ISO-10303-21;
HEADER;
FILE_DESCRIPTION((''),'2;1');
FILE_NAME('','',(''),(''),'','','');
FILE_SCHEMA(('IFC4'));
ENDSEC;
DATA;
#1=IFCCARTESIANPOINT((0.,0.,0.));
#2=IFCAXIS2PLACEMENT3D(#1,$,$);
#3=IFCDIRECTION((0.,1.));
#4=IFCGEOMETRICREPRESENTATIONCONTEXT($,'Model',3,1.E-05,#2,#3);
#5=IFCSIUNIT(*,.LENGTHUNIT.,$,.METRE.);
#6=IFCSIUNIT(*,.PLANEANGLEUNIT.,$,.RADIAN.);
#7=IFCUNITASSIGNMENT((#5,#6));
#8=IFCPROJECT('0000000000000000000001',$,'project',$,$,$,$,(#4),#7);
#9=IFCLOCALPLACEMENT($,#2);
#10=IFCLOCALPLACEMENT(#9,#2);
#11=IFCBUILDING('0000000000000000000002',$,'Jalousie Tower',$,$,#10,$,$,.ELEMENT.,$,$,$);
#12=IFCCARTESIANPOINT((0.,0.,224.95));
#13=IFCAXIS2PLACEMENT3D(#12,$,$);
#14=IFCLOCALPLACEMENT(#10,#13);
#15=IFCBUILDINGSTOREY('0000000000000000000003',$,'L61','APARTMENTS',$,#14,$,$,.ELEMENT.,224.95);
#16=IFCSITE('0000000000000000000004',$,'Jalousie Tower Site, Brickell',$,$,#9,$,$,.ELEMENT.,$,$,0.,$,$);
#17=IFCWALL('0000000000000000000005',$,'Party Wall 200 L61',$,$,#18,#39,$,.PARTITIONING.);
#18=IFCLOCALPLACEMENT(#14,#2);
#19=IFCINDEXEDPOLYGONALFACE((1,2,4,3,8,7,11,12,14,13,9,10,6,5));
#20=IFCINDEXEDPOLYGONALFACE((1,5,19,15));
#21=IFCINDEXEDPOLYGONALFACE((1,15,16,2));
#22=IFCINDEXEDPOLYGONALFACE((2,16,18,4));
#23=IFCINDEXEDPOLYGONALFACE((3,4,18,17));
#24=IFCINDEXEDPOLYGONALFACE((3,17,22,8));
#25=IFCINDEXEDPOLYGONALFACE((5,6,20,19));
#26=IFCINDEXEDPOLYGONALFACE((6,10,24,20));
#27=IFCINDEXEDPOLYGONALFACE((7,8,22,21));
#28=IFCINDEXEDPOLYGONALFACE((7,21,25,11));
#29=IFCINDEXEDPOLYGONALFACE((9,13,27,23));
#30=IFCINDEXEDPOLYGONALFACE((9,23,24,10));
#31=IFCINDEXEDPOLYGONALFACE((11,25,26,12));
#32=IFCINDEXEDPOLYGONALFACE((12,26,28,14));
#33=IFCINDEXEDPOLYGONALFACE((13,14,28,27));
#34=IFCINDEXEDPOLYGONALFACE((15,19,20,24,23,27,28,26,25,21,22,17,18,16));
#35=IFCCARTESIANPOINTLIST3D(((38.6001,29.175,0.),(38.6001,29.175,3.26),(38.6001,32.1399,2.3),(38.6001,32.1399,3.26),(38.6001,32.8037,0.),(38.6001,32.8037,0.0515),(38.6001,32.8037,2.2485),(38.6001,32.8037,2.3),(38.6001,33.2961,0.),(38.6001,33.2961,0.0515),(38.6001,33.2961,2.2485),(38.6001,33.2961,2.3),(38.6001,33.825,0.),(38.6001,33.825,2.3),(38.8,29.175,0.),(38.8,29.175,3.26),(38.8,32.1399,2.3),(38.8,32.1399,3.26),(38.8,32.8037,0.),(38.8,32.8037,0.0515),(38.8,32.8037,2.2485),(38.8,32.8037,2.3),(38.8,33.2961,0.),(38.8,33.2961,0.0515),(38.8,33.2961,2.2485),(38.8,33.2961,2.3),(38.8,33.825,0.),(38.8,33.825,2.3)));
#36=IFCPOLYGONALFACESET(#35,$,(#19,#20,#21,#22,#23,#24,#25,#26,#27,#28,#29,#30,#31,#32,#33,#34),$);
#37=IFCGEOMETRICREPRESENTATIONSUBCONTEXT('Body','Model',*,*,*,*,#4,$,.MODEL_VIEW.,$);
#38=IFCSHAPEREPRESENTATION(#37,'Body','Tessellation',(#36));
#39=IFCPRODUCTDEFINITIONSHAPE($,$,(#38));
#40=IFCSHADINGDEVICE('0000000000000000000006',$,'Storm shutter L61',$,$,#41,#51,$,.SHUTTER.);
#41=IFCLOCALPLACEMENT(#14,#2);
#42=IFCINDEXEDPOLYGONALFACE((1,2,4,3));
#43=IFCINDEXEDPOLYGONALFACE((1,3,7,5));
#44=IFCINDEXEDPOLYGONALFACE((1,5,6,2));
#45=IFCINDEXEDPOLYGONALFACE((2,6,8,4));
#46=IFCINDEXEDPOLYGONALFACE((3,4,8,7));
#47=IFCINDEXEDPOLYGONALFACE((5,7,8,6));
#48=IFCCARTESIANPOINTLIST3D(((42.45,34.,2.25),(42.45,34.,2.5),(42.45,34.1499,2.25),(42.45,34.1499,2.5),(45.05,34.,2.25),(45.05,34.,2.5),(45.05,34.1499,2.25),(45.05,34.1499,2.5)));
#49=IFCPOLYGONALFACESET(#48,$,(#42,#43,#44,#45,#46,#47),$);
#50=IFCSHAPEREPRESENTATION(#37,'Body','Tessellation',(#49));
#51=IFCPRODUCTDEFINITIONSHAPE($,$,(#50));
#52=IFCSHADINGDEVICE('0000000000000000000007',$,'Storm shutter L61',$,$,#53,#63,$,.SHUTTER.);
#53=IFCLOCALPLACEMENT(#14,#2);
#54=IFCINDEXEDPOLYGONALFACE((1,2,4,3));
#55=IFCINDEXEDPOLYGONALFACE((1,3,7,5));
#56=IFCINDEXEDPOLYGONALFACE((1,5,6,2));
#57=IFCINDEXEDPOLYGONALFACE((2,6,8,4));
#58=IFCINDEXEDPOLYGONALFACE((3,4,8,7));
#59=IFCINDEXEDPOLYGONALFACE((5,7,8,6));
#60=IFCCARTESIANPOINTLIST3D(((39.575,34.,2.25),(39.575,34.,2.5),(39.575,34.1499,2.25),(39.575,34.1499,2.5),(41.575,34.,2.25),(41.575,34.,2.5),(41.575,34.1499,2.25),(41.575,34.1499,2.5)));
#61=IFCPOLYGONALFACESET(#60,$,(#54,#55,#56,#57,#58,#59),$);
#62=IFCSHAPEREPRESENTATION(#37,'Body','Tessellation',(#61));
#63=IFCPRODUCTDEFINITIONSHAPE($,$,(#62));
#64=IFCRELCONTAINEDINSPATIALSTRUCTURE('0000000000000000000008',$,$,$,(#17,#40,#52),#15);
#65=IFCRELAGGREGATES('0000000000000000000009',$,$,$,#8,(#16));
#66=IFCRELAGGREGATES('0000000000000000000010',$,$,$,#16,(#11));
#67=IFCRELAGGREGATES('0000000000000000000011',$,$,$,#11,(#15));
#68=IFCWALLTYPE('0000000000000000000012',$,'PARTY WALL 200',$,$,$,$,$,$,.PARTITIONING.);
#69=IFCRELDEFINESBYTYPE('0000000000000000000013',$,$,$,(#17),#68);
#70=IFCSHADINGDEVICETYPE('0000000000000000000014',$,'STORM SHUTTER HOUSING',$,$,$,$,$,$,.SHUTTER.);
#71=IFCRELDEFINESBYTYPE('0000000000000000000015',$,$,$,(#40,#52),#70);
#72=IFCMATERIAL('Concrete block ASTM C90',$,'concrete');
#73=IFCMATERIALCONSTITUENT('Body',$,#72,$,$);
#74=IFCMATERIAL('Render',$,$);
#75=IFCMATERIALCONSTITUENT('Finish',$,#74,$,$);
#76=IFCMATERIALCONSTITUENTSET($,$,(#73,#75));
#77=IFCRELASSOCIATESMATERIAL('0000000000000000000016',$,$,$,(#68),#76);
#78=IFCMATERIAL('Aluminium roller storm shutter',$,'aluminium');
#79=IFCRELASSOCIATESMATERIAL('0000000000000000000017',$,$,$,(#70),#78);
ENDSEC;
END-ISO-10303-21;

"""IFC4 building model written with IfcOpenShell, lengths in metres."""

from ifc_helpers import new_model, si_unit, direction, frame, origin, origin_2d, place, context, subcontext, project, spatial, polyline, rectangle, outline, extrude, material, constituent, constituent_set, type_object, element, save


model = new_model("IFC4")

# Units and contexts
model_context = context("Model", 3, precision=1e-05, world=origin(), true_north=direction((0.0, 1.0)))
body_context = subcontext(model_context, "Body", "Model", "MODEL_VIEW")
ifc_project = project(units=[si_unit("LENGTHUNIT", "METRE"), si_unit("PLANEANGLEUNIT", "RADIAN")], contexts=[model_context])

# Site, building, storey
site_placement = place(None, origin())
site = spatial("IfcSite", under=ifc_project, at=site_placement, Name="Jalousie Tower Site, Brickell", CompositionType="ELEMENT", RefElevation=0.0)
building_placement = place(site_placement, origin())
building = spatial("IfcBuilding", under=site, at=building_placement, Name="Jalousie Tower", CompositionType="ELEMENT")
storey_placement = place(building_placement, frame((0.0, 0.0, 224.95)))
storey = spatial("IfcBuildingStorey", under=building, at=storey_placement, Name="L61", Description="APARTMENTS", CompositionType="ELEMENT", Elevation=224.95)

# Wall
ifc_material_1 = material(Name="Concrete block ASTM C90", Category="concrete")
ifc_constituent_1 = constituent(ifc_material_1, Name="Body")
ifc_material_2 = material(Name="Render")
ifc_constituent_2 = constituent(ifc_material_2, Name="Finish")
ifc_constituent_set_1 = constituent_set(constituents=[ifc_constituent_1, ifc_constituent_2])
wall_type_1 = type_object("IfcWallType", Name="PARTY WALL 200", PredefinedType="PARTITIONING", material=ifc_constituent_set_1)
wall_1_placement = place(storey_placement, frame((38.7, 33.825, 0.0), z_axis=(0.0, 0.0, 1.0), x_axis=(0.0, -1.0, 0.0)))
element("IfcWall", 1, at=wall_1_placement, inside=storey, type_object=wall_type_1, Name="Party Wall 200 L61", PredefinedType="PARTITIONING", context=body_context, shape_type="SweptSolid", body=[
    extrude(outline(polyline([(0.5288, 2.3), (0.0, 2.3), (0.0, 0.0), (0.5288, 0.0), (0.5288, 0.0515), (1.0212, 0.0515), (1.0212, 0.0), (4.6499, 0.0), (4.6499, 3.26), (1.6851, 3.26), (1.6851, 2.3), (1.0212, 2.3), (1.0212, 2.2485), (0.5288, 2.2485), (0.5288, 2.3)])), frame((0.0, 0.1001, 0.0), z_axis=(0.0, -1.0, 0.0), x_axis=(1.0, 0.0, 0.0)), (0.0, 0.0, 1.0), 0.2),
])

# Shading devices
ifc_material_3 = material(Name="Aluminium roller storm shutter", Category="aluminium")
shading_device_type = type_object("IfcShadingDeviceType", Name="STORM SHUTTER HOUSING", PredefinedType="SHUTTER", material=ifc_material_3)
shading_device_1_placement = place(storey_placement, frame((43.75, 34.075, 2.25), z_axis=(0.0, 0.0, 1.0), x_axis=(-1.0, 0.0, 0.0)))
element("IfcShadingDevice", 2, at=shading_device_1_placement, inside=storey, type_object=shading_device_type, Name="Storm shutter L61", PredefinedType="SHUTTER", context=body_context, shape_type="SweptSolid", body=[
    extrude(rectangle(XDim=2.6001, YDim=0.1499, at=origin_2d()), origin(), (0.0, 0.0, 1.0), 0.25),
])
shading_device_2_placement = place(storey_placement, frame((40.575, 34.075, 2.25), z_axis=(0.0, 0.0, 1.0), x_axis=(-1.0, 0.0, 0.0)))
element("IfcShadingDevice", 3, at=shading_device_2_placement, inside=storey, type_object=shading_device_type, Name="Storm shutter L61", PredefinedType="SHUTTER", context=body_context, shape_type="SweptSolid", body=[
    extrude(rectangle(XDim=2.0, YDim=0.1499, at=origin_2d()), origin(), (0.0, 0.0, 1.0), 0.25),
])

save(model, "model.ifc")
